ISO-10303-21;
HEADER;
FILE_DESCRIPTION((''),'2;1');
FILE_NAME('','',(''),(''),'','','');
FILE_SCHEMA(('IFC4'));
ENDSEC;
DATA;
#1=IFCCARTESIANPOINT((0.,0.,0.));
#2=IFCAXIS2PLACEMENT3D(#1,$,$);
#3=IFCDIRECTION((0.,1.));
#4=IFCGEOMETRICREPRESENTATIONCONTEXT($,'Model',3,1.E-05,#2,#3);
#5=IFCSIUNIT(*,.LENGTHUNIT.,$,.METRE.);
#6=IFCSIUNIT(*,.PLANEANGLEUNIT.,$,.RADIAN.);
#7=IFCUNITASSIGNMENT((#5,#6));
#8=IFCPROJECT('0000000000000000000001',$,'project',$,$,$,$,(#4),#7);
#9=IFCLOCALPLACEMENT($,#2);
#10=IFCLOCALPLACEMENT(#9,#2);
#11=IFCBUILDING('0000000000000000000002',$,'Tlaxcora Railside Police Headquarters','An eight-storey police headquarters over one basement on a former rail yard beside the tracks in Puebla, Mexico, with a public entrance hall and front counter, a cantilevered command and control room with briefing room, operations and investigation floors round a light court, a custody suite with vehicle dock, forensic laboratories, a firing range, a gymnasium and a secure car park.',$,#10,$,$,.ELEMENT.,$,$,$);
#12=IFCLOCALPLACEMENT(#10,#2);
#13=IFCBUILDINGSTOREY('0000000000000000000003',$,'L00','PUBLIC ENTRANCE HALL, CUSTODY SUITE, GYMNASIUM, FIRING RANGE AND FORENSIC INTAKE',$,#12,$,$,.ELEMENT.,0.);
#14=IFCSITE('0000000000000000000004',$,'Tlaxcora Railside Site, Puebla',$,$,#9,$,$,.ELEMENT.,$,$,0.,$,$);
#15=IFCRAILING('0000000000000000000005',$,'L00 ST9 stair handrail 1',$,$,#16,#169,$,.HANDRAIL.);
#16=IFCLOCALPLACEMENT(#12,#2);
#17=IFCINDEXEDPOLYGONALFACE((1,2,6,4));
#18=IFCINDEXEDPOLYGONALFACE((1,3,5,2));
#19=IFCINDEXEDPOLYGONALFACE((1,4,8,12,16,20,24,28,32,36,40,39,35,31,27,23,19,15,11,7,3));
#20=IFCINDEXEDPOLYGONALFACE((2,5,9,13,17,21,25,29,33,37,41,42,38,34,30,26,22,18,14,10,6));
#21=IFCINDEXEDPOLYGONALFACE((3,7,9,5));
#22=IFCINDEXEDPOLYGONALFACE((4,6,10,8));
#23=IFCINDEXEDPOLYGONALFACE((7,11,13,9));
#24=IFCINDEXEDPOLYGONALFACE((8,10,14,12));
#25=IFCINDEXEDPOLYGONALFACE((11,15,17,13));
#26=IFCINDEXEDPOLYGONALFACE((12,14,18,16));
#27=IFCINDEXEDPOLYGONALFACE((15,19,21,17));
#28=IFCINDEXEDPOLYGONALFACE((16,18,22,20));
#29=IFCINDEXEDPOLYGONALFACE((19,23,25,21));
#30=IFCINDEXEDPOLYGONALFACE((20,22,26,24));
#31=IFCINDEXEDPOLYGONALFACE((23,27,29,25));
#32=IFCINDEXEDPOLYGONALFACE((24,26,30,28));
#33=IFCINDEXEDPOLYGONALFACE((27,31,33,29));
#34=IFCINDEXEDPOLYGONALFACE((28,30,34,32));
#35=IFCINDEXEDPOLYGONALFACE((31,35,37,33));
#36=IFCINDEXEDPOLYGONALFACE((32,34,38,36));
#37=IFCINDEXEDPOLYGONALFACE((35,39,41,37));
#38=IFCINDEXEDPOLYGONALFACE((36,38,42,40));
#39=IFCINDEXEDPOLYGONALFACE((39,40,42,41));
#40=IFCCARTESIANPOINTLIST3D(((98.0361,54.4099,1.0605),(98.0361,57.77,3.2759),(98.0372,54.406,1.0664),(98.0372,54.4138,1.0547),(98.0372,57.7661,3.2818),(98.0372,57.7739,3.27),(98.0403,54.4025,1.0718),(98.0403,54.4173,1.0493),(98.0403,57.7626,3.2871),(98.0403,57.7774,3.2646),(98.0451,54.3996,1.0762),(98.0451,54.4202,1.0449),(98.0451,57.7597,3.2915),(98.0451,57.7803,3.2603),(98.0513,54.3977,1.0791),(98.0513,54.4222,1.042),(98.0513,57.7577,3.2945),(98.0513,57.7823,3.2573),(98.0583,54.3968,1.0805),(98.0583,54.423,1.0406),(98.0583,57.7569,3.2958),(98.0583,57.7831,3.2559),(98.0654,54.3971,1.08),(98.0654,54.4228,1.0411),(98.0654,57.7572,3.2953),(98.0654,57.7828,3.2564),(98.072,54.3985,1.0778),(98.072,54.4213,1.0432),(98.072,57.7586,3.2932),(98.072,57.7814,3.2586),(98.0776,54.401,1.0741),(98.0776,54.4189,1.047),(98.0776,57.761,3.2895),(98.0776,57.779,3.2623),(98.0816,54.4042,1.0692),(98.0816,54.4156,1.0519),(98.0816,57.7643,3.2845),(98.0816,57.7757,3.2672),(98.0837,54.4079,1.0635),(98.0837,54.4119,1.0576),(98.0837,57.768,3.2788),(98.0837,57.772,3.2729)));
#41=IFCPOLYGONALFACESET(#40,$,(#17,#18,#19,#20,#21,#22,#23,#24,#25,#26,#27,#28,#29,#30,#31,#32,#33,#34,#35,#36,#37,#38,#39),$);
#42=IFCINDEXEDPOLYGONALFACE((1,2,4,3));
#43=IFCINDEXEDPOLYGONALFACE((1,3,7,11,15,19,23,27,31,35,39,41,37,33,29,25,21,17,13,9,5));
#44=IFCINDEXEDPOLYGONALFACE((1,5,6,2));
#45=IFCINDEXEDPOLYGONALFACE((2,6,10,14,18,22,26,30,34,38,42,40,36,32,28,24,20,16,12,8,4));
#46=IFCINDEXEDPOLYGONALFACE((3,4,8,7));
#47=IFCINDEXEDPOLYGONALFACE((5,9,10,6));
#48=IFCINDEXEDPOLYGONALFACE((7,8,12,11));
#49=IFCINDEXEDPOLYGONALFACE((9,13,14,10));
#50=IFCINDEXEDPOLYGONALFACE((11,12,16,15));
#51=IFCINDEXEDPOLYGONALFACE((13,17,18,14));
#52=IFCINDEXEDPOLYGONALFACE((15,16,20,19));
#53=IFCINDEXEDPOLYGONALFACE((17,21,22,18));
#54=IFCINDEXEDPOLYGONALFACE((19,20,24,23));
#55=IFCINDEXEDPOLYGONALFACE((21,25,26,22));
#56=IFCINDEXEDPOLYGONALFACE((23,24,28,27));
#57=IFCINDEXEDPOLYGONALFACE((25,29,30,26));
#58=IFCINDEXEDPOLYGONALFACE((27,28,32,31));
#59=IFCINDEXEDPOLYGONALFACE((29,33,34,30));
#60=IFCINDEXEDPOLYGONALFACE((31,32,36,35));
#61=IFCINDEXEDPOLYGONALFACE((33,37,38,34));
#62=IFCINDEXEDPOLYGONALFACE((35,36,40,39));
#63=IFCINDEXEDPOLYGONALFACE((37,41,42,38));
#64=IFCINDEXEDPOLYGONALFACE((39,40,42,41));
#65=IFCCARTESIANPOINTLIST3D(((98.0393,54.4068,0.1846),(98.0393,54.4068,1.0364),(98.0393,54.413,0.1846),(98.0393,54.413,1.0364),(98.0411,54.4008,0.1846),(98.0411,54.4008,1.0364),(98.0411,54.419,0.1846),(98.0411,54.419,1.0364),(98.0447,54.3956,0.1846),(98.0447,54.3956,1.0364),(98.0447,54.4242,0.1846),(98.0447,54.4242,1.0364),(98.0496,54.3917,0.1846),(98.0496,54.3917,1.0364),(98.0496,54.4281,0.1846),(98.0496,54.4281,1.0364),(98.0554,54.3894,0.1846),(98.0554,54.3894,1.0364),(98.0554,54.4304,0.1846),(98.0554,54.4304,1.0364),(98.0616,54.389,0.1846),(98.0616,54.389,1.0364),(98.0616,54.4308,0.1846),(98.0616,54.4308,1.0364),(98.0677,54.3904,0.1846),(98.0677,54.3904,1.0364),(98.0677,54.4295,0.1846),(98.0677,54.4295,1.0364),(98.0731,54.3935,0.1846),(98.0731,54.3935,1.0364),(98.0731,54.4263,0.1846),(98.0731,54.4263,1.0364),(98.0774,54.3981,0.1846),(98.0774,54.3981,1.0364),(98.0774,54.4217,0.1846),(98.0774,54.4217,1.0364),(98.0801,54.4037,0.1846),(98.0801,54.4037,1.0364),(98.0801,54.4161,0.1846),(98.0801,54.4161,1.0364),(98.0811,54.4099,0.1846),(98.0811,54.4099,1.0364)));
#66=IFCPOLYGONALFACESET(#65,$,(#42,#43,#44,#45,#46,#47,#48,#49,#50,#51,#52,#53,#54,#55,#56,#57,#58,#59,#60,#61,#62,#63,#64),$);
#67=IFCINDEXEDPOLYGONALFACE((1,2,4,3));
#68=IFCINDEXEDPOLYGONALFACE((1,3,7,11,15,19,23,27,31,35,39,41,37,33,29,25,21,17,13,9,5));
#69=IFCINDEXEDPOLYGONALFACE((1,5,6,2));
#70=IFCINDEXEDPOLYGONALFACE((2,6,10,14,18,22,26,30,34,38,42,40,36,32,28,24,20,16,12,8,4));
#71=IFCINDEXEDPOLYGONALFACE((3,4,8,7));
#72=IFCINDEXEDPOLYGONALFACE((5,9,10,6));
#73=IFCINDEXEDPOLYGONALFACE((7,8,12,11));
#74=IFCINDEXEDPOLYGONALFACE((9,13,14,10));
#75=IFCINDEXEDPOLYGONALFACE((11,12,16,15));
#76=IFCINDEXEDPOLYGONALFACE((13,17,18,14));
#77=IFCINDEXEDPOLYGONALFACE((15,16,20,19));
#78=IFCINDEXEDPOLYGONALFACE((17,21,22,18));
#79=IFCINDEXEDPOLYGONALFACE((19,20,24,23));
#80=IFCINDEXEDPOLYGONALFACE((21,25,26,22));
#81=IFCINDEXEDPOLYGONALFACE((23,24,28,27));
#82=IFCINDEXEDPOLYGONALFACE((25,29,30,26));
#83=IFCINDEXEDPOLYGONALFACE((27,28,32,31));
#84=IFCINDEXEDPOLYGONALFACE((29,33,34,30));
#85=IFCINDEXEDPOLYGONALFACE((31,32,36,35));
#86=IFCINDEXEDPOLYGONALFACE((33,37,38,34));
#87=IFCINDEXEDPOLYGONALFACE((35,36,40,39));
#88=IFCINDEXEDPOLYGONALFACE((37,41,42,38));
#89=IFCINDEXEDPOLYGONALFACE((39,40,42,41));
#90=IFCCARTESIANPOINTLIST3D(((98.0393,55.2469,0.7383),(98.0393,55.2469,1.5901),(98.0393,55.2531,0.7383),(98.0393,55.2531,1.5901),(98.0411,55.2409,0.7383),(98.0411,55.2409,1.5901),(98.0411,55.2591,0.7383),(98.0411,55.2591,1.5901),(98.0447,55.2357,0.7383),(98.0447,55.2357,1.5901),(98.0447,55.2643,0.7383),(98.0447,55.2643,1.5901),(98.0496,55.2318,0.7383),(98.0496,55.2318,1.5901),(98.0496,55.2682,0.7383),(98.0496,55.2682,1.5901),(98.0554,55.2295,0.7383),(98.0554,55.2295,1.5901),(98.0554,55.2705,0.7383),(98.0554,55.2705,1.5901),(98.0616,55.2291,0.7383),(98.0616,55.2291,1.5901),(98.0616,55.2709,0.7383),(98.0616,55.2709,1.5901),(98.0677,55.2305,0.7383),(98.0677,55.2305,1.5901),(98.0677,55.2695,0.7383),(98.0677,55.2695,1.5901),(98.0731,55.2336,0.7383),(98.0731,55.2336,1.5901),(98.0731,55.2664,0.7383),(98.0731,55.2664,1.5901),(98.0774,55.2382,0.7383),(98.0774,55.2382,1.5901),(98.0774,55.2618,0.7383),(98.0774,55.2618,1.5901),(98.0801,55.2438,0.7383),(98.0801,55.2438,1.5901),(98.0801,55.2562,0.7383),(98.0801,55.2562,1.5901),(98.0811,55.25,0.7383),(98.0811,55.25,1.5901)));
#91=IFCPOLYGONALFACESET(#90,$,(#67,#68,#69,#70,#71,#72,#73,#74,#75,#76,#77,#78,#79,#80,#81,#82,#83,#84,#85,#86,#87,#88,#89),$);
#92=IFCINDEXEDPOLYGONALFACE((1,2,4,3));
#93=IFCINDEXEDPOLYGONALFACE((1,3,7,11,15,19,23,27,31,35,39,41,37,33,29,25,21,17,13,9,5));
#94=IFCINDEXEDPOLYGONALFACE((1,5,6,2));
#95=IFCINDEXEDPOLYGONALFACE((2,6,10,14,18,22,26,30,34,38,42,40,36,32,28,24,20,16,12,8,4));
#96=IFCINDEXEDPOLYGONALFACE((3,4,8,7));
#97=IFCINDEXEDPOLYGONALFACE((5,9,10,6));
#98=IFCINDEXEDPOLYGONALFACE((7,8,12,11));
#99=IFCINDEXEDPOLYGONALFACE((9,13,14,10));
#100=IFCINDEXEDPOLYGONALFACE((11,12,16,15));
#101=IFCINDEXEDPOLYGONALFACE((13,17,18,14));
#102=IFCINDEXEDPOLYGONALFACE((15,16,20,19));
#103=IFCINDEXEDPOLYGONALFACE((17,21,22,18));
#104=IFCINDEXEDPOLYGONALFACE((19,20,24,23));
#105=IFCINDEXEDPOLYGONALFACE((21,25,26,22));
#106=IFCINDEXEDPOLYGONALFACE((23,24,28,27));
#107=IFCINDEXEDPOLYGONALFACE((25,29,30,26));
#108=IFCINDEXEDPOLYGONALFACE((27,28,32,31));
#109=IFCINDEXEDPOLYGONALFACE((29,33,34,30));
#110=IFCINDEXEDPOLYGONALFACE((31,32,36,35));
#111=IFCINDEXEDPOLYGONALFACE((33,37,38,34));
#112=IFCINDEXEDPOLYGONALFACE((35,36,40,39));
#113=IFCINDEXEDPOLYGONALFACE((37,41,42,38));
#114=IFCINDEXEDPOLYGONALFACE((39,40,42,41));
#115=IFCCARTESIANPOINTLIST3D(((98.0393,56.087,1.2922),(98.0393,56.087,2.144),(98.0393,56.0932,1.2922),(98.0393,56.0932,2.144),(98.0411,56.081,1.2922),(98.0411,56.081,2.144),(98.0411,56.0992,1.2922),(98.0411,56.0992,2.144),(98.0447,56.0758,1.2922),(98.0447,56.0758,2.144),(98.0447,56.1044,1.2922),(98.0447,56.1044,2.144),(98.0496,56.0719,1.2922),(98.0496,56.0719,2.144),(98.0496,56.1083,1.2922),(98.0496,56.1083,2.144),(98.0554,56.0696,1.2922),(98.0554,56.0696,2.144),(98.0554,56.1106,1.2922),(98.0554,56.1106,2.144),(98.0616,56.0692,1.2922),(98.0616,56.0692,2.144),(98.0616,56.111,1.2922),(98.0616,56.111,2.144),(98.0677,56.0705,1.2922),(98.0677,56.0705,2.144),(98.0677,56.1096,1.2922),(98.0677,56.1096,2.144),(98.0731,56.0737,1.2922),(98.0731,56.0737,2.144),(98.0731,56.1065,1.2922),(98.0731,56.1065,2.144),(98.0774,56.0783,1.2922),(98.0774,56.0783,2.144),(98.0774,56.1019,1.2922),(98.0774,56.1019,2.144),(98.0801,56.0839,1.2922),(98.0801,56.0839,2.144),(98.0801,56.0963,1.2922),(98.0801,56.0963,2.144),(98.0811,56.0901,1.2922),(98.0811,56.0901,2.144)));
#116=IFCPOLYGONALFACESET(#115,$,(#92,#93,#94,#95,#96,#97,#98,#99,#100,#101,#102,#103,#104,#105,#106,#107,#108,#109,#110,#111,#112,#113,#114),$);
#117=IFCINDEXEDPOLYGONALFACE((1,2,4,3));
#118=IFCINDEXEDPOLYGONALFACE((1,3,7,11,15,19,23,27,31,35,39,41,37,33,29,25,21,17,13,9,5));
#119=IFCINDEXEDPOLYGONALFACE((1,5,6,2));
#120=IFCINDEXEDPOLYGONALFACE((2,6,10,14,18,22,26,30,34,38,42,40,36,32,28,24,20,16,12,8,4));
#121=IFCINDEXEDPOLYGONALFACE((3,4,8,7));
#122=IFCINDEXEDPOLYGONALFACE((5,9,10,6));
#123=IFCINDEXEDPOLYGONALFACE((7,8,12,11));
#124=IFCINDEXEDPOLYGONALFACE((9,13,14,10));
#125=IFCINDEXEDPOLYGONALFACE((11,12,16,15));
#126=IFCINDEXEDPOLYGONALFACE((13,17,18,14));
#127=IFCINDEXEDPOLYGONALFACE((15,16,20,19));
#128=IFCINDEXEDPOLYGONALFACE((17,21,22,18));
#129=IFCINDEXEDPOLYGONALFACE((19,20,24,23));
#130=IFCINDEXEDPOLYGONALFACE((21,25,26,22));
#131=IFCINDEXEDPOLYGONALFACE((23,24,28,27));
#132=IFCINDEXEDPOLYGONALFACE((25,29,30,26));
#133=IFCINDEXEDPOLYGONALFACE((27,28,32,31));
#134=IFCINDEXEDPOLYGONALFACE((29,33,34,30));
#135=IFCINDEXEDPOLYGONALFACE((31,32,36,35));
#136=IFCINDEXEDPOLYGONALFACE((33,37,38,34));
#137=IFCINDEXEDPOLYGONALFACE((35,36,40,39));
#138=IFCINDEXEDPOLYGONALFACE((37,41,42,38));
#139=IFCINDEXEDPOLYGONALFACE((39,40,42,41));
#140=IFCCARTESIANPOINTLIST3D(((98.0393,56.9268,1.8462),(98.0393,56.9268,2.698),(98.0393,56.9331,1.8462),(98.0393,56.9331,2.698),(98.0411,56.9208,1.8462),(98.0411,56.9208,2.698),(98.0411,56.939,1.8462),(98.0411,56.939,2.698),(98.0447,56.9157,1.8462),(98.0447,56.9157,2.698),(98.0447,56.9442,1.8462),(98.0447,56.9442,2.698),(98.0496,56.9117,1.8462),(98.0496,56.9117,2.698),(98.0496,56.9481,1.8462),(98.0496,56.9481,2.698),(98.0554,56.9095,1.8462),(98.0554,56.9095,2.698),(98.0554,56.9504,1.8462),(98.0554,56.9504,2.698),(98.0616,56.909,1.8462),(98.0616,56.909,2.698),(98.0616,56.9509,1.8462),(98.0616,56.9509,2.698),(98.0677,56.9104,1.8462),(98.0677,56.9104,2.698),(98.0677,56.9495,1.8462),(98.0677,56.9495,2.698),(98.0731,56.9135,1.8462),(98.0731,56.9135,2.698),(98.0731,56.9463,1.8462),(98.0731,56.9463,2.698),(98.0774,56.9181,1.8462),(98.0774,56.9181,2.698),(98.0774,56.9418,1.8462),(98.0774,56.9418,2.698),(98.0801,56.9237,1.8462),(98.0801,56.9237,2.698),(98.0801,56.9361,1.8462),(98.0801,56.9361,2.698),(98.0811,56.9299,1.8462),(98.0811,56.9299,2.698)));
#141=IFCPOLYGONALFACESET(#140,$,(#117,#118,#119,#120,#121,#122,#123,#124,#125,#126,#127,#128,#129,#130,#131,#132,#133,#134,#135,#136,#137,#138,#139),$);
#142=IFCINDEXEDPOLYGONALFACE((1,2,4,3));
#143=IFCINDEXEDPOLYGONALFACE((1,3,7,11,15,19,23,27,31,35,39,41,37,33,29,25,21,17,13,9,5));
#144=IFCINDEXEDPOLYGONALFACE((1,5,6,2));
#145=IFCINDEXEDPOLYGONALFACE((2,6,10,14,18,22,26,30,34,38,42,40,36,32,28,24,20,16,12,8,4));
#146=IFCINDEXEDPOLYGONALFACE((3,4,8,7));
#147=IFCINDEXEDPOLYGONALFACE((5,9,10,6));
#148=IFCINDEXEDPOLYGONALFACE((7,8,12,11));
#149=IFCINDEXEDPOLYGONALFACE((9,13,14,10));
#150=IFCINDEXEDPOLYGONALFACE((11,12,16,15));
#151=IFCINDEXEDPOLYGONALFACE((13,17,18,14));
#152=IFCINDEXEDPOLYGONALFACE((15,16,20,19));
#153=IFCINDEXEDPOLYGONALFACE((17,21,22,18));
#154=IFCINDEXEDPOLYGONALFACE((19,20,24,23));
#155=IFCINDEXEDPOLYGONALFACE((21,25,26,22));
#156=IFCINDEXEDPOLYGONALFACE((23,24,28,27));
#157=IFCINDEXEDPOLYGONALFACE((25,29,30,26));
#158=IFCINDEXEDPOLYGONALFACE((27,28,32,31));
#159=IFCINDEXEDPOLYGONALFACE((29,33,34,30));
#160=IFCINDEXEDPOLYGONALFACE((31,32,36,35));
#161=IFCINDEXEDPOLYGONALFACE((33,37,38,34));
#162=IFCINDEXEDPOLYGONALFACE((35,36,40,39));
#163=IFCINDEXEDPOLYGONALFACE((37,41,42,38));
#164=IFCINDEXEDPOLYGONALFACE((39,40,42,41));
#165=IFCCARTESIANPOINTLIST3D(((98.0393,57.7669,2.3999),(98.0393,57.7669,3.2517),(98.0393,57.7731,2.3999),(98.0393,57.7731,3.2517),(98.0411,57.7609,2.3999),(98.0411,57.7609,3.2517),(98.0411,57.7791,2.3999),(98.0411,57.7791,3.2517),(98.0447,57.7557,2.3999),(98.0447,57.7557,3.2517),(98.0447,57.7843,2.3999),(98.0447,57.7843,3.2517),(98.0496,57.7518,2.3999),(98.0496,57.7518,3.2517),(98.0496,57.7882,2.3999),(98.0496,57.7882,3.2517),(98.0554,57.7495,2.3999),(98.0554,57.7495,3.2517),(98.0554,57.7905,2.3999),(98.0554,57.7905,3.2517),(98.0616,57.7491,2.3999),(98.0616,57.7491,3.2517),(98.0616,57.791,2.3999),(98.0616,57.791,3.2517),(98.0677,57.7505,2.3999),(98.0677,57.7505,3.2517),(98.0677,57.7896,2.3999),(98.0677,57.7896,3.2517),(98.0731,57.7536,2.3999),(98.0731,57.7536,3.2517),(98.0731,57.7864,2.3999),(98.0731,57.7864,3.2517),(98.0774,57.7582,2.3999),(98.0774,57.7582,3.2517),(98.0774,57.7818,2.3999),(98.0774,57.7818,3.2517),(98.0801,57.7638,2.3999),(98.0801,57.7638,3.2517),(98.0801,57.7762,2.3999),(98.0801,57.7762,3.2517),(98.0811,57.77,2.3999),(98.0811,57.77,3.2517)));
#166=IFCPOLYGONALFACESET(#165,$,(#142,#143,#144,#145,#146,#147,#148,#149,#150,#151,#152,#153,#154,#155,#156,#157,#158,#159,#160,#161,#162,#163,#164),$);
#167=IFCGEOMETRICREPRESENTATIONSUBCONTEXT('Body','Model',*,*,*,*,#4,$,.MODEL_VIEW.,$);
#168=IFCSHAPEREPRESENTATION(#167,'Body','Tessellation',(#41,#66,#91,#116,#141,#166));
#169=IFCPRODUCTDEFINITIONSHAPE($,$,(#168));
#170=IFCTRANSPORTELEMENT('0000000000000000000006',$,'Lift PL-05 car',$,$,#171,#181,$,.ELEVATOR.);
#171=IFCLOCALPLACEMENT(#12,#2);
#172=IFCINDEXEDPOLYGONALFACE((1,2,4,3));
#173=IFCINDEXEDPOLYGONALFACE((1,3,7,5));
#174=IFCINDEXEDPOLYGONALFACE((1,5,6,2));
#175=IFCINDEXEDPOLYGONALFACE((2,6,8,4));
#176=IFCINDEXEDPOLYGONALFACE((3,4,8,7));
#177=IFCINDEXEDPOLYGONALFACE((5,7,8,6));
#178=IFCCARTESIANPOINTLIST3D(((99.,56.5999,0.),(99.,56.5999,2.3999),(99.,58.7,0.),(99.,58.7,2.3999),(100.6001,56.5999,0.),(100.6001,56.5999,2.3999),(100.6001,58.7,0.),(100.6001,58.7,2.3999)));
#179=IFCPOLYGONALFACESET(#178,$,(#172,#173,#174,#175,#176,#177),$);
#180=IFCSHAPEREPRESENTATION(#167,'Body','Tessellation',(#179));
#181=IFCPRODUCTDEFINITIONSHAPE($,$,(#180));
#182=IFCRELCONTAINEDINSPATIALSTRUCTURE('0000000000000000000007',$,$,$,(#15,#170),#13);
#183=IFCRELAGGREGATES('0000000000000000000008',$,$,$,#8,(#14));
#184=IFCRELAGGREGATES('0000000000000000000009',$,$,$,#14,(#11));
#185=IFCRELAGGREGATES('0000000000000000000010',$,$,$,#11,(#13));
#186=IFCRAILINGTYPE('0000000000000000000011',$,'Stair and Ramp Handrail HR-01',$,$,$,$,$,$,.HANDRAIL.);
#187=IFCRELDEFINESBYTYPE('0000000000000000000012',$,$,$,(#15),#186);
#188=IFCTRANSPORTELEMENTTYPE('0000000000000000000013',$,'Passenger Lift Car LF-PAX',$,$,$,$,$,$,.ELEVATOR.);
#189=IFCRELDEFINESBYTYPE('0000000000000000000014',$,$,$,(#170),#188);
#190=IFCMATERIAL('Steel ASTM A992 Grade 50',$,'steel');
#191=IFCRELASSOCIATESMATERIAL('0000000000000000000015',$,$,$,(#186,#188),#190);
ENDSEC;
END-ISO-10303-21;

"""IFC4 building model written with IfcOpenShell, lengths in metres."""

from ifc_helpers import new_model, si_unit, direction, frame, origin, origin_2d, place, context, subcontext, project, spatial, rectangle, circle, extrude, material, type_object, element, save


model = new_model("IFC4")

# Units and contexts
model_context = context("Model", 3, precision=1e-05, world=origin(), true_north=direction((0.0, 1.0)))
body_context = subcontext(model_context, "Body", "Model", "MODEL_VIEW")
ifc_project = project(units=[si_unit("LENGTHUNIT", "METRE"), si_unit("PLANEANGLEUNIT", "RADIAN")], contexts=[model_context])

# Site, building, storey
site_placement = place(None, origin())
site = spatial("IfcSite", under=ifc_project, at=site_placement, Name="Tlaxcora Railside Site, Puebla", CompositionType="ELEMENT", RefElevation=0.0)
building_placement = place(site_placement, origin())
building = spatial("IfcBuilding", under=site, at=building_placement, Name="Tlaxcora Railside Police Headquarters", Description="An eight-storey police headquarters over one basement on a former rail yard beside the tracks in Puebla, Mexico, with a public entrance hall and front counter, a cantilevered command and control room with briefing room, operations and investigation floors round a light court, a custody suite with vehicle dock, forensic laboratories, a firing range, a gymnasium and a secure car park.", CompositionType="ELEMENT")
storey_placement = place(building_placement, origin())
storey = spatial("IfcBuildingStorey", under=building, at=storey_placement, Name="L00", Description="PUBLIC ENTRANCE HALL, CUSTODY SUITE, GYMNASIUM, FIRING RANGE AND FORENSIC INTAKE", CompositionType="ELEMENT", Elevation=0.0)

# Shared definitions
ifc_material_1 = material(Name="Steel ASTM A992 Grade 50", Category="steel")

# Railing
railing_type_1 = type_object("IfcRailingType", Name="Stair and Ramp Handrail HR-01", PredefinedType="HANDRAIL", material=ifc_material_1)
railing_1_placement = place(storey_placement, frame((98.0601, 54.4099, 0.1846)))
element("IfcRailing", 1, at=railing_1_placement, inside=storey, type_object=railing_type_1, Name="L00 ST9 stair handrail 1", PredefinedType="HANDRAIL", context=body_context, shape_type="SweptSolid", body=[
    extrude(circle(Radius=0.0239, at=origin_2d()), frame((0.0, 0.0, 0.876), z_axis=(0.0, 0.834876, 0.550437), x_axis=(-1.0, 0.0, 0.0)), (0.0, 0.0, 1.0), 4.0247),
    extrude(circle(Radius=0.021, at=origin_2d()), origin(), (0.0, 0.0, 1.0), 0.8518),
    extrude(circle(Radius=0.021, at=origin_2d()), frame((0.0, 0.8401, 0.5537)), (0.0, 0.0, 1.0), 0.8518),
    extrude(circle(Radius=0.021, at=origin_2d()), frame((0.0, 1.6802, 1.1077)), (0.0, 0.0, 1.0), 0.8518),
    extrude(circle(Radius=0.021, at=origin_2d()), frame((0.0, 2.52, 1.6616)), (0.0, 0.0, 1.0), 0.8518),
    extrude(circle(Radius=0.021, at=origin_2d()), frame((0.0, 3.3601, 2.2153)), (0.0, 0.0, 1.0), 0.8518),
])

# Transport element
transport_element_type = type_object("IfcTransportElementType", Name="Passenger Lift Car LF-PAX", PredefinedType="ELEVATOR", material=ifc_material_1)
transport_element_placement = place(storey_placement, frame((99.8, 57.6499, 0.0), z_axis=(0.0, 0.0, 1.0), x_axis=(1.0, 0.0, 0.0)))
element("IfcTransportElement", 2, at=transport_element_placement, inside=storey, type_object=transport_element_type, Name="Lift PL-05 car", PredefinedType="ELEVATOR", context=body_context, shape_type="SweptSolid", body=[
    extrude(rectangle(XDim=1.6001, YDim=2.1001, at=origin_2d()), origin(), (0.0, 0.0, 1.0), 2.3999),
])

save(model, "model.ifc")
